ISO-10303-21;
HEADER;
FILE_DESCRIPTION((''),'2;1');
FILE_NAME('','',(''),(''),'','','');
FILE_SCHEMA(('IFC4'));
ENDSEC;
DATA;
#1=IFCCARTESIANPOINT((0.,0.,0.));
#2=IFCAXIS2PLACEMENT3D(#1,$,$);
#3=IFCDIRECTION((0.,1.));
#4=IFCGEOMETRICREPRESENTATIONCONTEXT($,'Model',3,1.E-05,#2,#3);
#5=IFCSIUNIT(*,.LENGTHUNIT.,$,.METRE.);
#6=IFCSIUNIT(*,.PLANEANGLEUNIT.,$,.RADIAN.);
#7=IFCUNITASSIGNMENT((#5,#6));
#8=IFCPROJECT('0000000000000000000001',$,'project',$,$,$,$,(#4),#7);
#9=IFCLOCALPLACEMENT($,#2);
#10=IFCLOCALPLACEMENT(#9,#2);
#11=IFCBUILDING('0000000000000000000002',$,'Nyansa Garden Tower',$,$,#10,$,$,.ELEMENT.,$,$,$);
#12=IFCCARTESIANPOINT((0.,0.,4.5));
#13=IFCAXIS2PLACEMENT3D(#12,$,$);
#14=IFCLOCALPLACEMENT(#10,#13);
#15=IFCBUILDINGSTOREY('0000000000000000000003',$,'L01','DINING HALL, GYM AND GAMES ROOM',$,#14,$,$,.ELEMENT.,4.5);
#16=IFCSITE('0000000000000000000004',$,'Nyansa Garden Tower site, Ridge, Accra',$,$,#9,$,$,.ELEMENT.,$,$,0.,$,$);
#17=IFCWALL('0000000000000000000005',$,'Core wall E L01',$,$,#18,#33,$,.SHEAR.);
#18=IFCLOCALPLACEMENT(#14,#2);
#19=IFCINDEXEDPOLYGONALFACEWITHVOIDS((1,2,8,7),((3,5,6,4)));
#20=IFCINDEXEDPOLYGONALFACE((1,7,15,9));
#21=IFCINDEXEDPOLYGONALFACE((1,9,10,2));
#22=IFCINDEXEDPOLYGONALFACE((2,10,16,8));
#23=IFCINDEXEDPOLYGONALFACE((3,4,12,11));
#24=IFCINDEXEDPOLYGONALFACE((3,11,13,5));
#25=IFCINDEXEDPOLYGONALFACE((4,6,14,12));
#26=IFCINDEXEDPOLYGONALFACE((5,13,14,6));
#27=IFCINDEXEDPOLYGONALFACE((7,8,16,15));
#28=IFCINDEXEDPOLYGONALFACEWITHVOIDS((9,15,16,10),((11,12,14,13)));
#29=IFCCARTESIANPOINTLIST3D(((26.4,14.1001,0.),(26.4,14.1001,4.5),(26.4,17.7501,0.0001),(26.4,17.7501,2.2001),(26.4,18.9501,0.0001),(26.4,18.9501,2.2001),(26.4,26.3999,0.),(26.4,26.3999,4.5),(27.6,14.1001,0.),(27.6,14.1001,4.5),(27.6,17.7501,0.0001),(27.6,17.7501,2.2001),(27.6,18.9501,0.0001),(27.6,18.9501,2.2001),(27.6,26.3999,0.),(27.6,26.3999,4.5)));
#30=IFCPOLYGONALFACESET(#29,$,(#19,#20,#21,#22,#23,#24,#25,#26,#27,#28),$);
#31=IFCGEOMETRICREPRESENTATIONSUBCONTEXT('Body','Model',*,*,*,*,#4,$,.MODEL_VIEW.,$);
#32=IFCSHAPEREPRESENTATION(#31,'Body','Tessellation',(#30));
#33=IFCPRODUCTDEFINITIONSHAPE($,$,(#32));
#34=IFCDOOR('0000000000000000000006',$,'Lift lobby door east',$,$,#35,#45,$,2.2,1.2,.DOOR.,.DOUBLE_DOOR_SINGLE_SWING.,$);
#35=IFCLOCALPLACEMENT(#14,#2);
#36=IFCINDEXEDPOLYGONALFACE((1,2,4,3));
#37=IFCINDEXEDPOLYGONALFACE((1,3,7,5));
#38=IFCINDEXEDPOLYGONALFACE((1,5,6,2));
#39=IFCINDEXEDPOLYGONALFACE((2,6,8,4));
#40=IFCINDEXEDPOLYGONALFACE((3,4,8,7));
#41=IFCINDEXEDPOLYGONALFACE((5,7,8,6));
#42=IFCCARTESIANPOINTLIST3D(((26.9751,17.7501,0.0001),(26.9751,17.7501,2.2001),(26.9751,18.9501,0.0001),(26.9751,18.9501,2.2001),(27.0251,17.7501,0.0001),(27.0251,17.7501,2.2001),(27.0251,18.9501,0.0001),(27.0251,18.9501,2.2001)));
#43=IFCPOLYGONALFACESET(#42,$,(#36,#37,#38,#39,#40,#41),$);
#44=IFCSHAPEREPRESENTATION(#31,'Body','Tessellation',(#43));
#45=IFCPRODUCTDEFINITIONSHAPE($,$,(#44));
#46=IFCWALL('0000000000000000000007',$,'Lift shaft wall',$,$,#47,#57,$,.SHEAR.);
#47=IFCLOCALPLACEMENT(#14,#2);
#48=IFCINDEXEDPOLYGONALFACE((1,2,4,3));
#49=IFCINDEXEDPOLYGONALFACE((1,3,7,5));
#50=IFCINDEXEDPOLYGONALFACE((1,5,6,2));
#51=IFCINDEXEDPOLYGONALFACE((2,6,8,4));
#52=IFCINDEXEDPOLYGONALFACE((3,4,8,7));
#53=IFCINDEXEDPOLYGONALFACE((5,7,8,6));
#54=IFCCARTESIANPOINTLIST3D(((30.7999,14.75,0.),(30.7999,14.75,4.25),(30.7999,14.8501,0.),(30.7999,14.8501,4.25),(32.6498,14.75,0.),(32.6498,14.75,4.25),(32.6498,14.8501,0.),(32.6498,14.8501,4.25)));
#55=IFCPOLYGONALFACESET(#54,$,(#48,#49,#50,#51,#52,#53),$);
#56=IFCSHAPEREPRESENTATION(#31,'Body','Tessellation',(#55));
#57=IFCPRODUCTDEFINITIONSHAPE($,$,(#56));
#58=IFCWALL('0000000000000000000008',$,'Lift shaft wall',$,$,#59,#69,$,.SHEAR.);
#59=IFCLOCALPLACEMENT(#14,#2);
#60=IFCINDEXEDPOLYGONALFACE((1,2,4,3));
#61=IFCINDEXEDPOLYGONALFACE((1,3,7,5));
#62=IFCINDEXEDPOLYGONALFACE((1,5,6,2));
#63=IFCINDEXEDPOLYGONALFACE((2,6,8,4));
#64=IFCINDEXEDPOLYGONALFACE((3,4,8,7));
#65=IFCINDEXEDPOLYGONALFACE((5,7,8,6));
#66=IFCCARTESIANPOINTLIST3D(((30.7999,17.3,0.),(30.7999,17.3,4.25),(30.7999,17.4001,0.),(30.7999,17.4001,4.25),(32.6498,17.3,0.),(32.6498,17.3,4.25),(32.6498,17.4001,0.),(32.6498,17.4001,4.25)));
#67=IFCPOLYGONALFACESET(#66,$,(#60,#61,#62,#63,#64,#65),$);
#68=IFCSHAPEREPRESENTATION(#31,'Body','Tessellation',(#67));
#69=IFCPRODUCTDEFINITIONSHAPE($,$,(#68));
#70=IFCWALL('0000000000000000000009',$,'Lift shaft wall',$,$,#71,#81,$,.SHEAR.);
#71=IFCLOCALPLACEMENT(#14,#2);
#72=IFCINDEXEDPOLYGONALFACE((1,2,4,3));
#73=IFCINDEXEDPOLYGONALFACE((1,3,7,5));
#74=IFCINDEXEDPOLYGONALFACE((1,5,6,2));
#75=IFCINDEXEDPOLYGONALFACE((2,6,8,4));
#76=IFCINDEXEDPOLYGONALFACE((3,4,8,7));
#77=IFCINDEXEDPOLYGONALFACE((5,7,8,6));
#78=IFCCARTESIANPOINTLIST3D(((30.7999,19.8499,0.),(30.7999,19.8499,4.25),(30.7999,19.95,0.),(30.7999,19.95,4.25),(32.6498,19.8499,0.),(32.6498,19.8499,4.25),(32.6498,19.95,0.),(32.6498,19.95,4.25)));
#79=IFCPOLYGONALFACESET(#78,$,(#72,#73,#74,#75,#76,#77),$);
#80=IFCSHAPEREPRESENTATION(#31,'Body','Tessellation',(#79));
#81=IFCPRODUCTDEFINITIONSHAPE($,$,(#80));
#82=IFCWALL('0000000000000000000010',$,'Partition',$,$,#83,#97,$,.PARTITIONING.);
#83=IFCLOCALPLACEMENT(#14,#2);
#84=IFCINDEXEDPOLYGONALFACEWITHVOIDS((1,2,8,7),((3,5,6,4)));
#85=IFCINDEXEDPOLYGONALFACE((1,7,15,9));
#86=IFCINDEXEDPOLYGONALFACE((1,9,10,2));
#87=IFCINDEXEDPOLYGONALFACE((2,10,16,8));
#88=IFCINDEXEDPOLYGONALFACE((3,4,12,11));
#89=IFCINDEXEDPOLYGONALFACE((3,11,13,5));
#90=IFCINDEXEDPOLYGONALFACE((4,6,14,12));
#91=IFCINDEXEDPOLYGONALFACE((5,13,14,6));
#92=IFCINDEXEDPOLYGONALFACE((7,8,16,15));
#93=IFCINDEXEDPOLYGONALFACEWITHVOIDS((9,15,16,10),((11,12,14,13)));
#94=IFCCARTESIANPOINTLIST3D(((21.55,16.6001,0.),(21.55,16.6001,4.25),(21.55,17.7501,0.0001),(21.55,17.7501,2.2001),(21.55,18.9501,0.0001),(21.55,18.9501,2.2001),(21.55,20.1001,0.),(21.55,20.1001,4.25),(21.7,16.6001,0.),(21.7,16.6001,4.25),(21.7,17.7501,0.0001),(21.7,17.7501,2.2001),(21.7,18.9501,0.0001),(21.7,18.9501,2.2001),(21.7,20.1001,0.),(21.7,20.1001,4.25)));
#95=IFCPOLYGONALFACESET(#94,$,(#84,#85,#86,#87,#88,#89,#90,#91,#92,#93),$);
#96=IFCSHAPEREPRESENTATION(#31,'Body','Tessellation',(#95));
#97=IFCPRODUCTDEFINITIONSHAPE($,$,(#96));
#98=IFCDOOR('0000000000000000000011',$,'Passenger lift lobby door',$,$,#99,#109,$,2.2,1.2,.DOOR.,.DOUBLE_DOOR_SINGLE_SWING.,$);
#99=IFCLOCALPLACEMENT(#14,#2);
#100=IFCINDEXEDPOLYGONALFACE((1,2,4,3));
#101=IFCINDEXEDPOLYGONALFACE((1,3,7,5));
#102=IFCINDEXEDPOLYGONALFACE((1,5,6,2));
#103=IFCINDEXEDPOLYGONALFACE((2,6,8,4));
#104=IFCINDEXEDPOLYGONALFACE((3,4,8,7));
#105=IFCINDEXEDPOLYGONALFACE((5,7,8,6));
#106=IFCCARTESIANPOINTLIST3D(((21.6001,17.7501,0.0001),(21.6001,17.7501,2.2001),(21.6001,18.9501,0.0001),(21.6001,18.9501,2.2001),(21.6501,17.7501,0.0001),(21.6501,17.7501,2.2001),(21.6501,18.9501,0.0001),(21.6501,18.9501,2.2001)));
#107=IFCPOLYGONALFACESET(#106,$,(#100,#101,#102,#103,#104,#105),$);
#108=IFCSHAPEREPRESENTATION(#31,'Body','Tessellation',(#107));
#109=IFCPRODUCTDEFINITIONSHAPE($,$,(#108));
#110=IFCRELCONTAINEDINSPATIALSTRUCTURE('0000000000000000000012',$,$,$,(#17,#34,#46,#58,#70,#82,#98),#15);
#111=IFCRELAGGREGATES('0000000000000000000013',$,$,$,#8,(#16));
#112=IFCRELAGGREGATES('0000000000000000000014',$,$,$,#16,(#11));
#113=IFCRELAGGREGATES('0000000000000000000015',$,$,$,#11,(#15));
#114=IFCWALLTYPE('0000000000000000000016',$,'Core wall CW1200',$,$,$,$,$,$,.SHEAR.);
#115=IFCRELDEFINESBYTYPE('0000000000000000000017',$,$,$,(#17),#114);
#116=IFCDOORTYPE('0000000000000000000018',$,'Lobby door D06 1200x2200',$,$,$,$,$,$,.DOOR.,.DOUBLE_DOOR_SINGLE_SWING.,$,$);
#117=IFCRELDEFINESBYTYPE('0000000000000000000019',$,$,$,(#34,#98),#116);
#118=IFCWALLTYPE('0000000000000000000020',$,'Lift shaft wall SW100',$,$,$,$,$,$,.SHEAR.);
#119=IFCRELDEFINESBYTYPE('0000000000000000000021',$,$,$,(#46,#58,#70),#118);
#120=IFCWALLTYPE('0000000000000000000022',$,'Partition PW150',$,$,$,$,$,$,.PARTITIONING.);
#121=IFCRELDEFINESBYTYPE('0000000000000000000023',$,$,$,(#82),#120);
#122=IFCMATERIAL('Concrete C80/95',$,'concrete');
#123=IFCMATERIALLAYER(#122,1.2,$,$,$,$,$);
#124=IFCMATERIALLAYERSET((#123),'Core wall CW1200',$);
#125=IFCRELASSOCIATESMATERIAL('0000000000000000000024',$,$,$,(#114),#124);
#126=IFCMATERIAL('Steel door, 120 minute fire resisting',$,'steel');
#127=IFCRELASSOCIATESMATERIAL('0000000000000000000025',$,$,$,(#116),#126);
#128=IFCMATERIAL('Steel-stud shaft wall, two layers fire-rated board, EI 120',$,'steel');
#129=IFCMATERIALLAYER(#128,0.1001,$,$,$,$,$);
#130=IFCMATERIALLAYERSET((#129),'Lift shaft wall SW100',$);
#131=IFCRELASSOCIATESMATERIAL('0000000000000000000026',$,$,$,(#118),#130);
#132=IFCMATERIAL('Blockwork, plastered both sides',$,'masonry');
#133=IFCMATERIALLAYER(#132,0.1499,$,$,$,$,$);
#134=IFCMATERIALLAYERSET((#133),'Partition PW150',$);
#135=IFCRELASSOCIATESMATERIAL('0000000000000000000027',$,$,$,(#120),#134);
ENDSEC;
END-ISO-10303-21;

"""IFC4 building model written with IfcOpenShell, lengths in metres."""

from ifc_helpers import new_model, si_unit, direction, frame, frame_2d, origin, place, context, subcontext, project, spatial, rectangle, extrude, material, layer, layer_set, type_object, element, fill, save


model = new_model("IFC4")

# Units and contexts
model_context = context("Model", 3, precision=1e-05, world=origin(), true_north=direction((0.0, 1.0)))
body_context = subcontext(model_context, "Body", "Model", "MODEL_VIEW")
ifc_project = project(units=[si_unit("LENGTHUNIT", "METRE"), si_unit("PLANEANGLEUNIT", "RADIAN")], contexts=[model_context])

# Site, building, storey
site_placement = place(None, origin())
site = spatial("IfcSite", under=ifc_project, at=site_placement, Name="Nyansa Garden Tower site, Ridge, Accra", CompositionType="ELEMENT", RefElevation=0.0)
building_placement = place(site_placement, origin())
building = spatial("IfcBuilding", under=site, at=building_placement, Name="Nyansa Garden Tower", CompositionType="ELEMENT")
storey_placement = place(building_placement, frame((0.0, 0.0, 4.5)))
storey = spatial("IfcBuildingStorey", under=building, at=storey_placement, Name="L01", Description="DINING HALL, GYM AND GAMES ROOM", CompositionType="ELEMENT", Elevation=4.5)

# Wall, opening, door
ifc_material_1 = material(Name="Concrete C80/95", Category="concrete")
ifc_layer_1 = layer(ifc_material_1, 1.2)
ifc_layer_set_1 = layer_set([ifc_layer_1], Name="Core wall CW1200")
wall_type_1 = type_object("IfcWallType", Name="Core wall CW1200", PredefinedType="SHEAR", material=ifc_layer_set_1)
wall_1_placement = place(storey_placement, frame((27.0, 14.1001, 0.0), z_axis=(0.0, 0.0, 1.0), x_axis=(0.0, 1.0, 0.0)))
wall_1 = element("IfcWall", 1, at=wall_1_placement, inside=storey, type_object=wall_type_1, Name="Core wall E L01", PredefinedType="SHEAR", context=body_context, shape_type="SweptSolid", body=[
    extrude(rectangle(XDim=12.2998, YDim=1.2, at=frame_2d((6.1499, 0.0))), origin(), (0.0, 0.0, 1.0), 4.5),
])
opening_1_placement = place(wall_1_placement, frame((3.6499, 0.0, 0.0)))
opening_1 = element("IfcOpeningElement", 2, at=opening_1_placement, cuts=wall_1, PredefinedType="OPENING", context=body_context, shape_type="SweptSolid", body=[
    extrude(rectangle(XDim=1.2, YDim=2.2, at=frame_2d((0.6001, 1.1001))), frame((0.0, 0.6099, 0.0), z_axis=(0.0, -1.0, 0.0), x_axis=(1.0, 0.0, 0.0)), (0.0, 0.0, 1.0), 1.22),
])
ifc_material_2 = material(Name="Steel door, 120 minute fire resisting", Category="steel")
door_type_1 = type_object("IfcDoorType", Name="Lobby door D06 1200x2200", OperationType="DOUBLE_DOOR_SINGLE_SWING", PredefinedType="DOOR", material=ifc_material_2)
door_1_placement = place(opening_1_placement, origin())
door_1 = element("IfcDoor", 3, at=door_1_placement, inside=storey, type_object=door_type_1, Name="Lift lobby door east", OperationType="DOUBLE_DOOR_SINGLE_SWING", OverallHeight=2.2, OverallWidth=1.2, PredefinedType="DOOR", context=body_context, shape_type="SweptSolid", body=[
    extrude(rectangle(XDim=1.2, YDim=2.2, at=frame_2d((0.6001, 1.1001))), frame((0.0, 0.0249, 0.0), z_axis=(0.0, -1.0, 0.0), x_axis=(1.0, 0.0, 0.0)), (0.0, 0.0, 1.0), 0.05),
])
fill(opening_1, door_1)

# Walls
ifc_material_3 = material(Name="Steel-stud shaft wall, two layers fire-rated board, EI 120", Category="steel")
ifc_layer_2 = layer(ifc_material_3, 0.1001)
ifc_layer_set_2 = layer_set([ifc_layer_2], Name="Lift shaft wall SW100")
wall_type_2 = type_object("IfcWallType", Name="Lift shaft wall SW100", PredefinedType="SHEAR", material=ifc_layer_set_2)
for number, where, z_axis, x_axis, name in (
    (4, (30.8, 14.8, 0.0), (0.0, 0.0, 1.0), (1.0, 0.0, 0.0), "Lift shaft wall"),
    (5, (30.8, 17.3501, 0.0), (0.0, 0.0, 1.0), (1.0, 0.0, 0.0), "Lift shaft wall"),
    (6, (30.8, 19.8999, 0.0), (0.0, 0.0, 1.0), (1.0, 0.0, 0.0), "Lift shaft wall"),
):
    element("IfcWall", number, at=place(storey_placement, frame(where, z_axis=z_axis, x_axis=x_axis)), inside=storey, type_object=wall_type_2, Name=name, PredefinedType="SHEAR", context=body_context, shape_type="SweptSolid", body=[
        extrude(rectangle(XDim=1.8499, YDim=0.1001, at=frame_2d((0.9248, 0.0))), origin(), (0.0, 0.0, 1.0), 4.25),
    ])

# Wall, opening, door
ifc_material_4 = material(Name="Blockwork, plastered both sides", Category="masonry")
ifc_layer_3 = layer(ifc_material_4, 0.1499)
ifc_layer_set_3 = layer_set([ifc_layer_3], Name="Partition PW150")
wall_type_3 = type_object("IfcWallType", Name="Partition PW150", PredefinedType="PARTITIONING", material=ifc_layer_set_3)
wall_2_placement = place(storey_placement, frame((21.625, 16.6001, 0.0), z_axis=(0.0, 0.0, 1.0), x_axis=(0.0, 1.0, 0.0)))
wall_2 = element("IfcWall", 7, at=wall_2_placement, inside=storey, type_object=wall_type_3, Name="Partition", PredefinedType="PARTITIONING", context=body_context, shape_type="SweptSolid", body=[
    extrude(rectangle(XDim=3.5, YDim=0.1499, at=frame_2d((1.75, 0.0))), origin(), (0.0, 0.0, 1.0), 4.25),
])
opening_2_placement = place(wall_2_placement, frame((1.1499, 0.0, 0.0)))
opening_2 = element("IfcOpeningElement", 8, at=opening_2_placement, cuts=wall_2, PredefinedType="OPENING", context=body_context, shape_type="SweptSolid", body=[
    extrude(rectangle(XDim=1.2, YDim=2.2, at=frame_2d((0.6001, 1.1001))), frame((0.0, 0.085, 0.0), z_axis=(0.0, -1.0, 0.0), x_axis=(1.0, 0.0, 0.0)), (0.0, 0.0, 1.0), 0.1699),
])
door_2_placement = place(opening_2_placement, origin())
door_2 = element("IfcDoor", 9, at=door_2_placement, inside=storey, type_object=door_type_1, Name="Passenger lift lobby door", OperationType="DOUBLE_DOOR_SINGLE_SWING", OverallHeight=2.2, OverallWidth=1.2, PredefinedType="DOOR", context=body_context, shape_type="SweptSolid", body=[
    extrude(rectangle(XDim=1.2, YDim=2.2, at=frame_2d((0.6001, 1.1001))), frame((0.0, 0.0249, 0.0), z_axis=(0.0, -1.0, 0.0), x_axis=(1.0, 0.0, 0.0)), (0.0, 0.0, 1.0), 0.05),
])
fill(opening_2, door_2)

save(model, "model.ifc")
